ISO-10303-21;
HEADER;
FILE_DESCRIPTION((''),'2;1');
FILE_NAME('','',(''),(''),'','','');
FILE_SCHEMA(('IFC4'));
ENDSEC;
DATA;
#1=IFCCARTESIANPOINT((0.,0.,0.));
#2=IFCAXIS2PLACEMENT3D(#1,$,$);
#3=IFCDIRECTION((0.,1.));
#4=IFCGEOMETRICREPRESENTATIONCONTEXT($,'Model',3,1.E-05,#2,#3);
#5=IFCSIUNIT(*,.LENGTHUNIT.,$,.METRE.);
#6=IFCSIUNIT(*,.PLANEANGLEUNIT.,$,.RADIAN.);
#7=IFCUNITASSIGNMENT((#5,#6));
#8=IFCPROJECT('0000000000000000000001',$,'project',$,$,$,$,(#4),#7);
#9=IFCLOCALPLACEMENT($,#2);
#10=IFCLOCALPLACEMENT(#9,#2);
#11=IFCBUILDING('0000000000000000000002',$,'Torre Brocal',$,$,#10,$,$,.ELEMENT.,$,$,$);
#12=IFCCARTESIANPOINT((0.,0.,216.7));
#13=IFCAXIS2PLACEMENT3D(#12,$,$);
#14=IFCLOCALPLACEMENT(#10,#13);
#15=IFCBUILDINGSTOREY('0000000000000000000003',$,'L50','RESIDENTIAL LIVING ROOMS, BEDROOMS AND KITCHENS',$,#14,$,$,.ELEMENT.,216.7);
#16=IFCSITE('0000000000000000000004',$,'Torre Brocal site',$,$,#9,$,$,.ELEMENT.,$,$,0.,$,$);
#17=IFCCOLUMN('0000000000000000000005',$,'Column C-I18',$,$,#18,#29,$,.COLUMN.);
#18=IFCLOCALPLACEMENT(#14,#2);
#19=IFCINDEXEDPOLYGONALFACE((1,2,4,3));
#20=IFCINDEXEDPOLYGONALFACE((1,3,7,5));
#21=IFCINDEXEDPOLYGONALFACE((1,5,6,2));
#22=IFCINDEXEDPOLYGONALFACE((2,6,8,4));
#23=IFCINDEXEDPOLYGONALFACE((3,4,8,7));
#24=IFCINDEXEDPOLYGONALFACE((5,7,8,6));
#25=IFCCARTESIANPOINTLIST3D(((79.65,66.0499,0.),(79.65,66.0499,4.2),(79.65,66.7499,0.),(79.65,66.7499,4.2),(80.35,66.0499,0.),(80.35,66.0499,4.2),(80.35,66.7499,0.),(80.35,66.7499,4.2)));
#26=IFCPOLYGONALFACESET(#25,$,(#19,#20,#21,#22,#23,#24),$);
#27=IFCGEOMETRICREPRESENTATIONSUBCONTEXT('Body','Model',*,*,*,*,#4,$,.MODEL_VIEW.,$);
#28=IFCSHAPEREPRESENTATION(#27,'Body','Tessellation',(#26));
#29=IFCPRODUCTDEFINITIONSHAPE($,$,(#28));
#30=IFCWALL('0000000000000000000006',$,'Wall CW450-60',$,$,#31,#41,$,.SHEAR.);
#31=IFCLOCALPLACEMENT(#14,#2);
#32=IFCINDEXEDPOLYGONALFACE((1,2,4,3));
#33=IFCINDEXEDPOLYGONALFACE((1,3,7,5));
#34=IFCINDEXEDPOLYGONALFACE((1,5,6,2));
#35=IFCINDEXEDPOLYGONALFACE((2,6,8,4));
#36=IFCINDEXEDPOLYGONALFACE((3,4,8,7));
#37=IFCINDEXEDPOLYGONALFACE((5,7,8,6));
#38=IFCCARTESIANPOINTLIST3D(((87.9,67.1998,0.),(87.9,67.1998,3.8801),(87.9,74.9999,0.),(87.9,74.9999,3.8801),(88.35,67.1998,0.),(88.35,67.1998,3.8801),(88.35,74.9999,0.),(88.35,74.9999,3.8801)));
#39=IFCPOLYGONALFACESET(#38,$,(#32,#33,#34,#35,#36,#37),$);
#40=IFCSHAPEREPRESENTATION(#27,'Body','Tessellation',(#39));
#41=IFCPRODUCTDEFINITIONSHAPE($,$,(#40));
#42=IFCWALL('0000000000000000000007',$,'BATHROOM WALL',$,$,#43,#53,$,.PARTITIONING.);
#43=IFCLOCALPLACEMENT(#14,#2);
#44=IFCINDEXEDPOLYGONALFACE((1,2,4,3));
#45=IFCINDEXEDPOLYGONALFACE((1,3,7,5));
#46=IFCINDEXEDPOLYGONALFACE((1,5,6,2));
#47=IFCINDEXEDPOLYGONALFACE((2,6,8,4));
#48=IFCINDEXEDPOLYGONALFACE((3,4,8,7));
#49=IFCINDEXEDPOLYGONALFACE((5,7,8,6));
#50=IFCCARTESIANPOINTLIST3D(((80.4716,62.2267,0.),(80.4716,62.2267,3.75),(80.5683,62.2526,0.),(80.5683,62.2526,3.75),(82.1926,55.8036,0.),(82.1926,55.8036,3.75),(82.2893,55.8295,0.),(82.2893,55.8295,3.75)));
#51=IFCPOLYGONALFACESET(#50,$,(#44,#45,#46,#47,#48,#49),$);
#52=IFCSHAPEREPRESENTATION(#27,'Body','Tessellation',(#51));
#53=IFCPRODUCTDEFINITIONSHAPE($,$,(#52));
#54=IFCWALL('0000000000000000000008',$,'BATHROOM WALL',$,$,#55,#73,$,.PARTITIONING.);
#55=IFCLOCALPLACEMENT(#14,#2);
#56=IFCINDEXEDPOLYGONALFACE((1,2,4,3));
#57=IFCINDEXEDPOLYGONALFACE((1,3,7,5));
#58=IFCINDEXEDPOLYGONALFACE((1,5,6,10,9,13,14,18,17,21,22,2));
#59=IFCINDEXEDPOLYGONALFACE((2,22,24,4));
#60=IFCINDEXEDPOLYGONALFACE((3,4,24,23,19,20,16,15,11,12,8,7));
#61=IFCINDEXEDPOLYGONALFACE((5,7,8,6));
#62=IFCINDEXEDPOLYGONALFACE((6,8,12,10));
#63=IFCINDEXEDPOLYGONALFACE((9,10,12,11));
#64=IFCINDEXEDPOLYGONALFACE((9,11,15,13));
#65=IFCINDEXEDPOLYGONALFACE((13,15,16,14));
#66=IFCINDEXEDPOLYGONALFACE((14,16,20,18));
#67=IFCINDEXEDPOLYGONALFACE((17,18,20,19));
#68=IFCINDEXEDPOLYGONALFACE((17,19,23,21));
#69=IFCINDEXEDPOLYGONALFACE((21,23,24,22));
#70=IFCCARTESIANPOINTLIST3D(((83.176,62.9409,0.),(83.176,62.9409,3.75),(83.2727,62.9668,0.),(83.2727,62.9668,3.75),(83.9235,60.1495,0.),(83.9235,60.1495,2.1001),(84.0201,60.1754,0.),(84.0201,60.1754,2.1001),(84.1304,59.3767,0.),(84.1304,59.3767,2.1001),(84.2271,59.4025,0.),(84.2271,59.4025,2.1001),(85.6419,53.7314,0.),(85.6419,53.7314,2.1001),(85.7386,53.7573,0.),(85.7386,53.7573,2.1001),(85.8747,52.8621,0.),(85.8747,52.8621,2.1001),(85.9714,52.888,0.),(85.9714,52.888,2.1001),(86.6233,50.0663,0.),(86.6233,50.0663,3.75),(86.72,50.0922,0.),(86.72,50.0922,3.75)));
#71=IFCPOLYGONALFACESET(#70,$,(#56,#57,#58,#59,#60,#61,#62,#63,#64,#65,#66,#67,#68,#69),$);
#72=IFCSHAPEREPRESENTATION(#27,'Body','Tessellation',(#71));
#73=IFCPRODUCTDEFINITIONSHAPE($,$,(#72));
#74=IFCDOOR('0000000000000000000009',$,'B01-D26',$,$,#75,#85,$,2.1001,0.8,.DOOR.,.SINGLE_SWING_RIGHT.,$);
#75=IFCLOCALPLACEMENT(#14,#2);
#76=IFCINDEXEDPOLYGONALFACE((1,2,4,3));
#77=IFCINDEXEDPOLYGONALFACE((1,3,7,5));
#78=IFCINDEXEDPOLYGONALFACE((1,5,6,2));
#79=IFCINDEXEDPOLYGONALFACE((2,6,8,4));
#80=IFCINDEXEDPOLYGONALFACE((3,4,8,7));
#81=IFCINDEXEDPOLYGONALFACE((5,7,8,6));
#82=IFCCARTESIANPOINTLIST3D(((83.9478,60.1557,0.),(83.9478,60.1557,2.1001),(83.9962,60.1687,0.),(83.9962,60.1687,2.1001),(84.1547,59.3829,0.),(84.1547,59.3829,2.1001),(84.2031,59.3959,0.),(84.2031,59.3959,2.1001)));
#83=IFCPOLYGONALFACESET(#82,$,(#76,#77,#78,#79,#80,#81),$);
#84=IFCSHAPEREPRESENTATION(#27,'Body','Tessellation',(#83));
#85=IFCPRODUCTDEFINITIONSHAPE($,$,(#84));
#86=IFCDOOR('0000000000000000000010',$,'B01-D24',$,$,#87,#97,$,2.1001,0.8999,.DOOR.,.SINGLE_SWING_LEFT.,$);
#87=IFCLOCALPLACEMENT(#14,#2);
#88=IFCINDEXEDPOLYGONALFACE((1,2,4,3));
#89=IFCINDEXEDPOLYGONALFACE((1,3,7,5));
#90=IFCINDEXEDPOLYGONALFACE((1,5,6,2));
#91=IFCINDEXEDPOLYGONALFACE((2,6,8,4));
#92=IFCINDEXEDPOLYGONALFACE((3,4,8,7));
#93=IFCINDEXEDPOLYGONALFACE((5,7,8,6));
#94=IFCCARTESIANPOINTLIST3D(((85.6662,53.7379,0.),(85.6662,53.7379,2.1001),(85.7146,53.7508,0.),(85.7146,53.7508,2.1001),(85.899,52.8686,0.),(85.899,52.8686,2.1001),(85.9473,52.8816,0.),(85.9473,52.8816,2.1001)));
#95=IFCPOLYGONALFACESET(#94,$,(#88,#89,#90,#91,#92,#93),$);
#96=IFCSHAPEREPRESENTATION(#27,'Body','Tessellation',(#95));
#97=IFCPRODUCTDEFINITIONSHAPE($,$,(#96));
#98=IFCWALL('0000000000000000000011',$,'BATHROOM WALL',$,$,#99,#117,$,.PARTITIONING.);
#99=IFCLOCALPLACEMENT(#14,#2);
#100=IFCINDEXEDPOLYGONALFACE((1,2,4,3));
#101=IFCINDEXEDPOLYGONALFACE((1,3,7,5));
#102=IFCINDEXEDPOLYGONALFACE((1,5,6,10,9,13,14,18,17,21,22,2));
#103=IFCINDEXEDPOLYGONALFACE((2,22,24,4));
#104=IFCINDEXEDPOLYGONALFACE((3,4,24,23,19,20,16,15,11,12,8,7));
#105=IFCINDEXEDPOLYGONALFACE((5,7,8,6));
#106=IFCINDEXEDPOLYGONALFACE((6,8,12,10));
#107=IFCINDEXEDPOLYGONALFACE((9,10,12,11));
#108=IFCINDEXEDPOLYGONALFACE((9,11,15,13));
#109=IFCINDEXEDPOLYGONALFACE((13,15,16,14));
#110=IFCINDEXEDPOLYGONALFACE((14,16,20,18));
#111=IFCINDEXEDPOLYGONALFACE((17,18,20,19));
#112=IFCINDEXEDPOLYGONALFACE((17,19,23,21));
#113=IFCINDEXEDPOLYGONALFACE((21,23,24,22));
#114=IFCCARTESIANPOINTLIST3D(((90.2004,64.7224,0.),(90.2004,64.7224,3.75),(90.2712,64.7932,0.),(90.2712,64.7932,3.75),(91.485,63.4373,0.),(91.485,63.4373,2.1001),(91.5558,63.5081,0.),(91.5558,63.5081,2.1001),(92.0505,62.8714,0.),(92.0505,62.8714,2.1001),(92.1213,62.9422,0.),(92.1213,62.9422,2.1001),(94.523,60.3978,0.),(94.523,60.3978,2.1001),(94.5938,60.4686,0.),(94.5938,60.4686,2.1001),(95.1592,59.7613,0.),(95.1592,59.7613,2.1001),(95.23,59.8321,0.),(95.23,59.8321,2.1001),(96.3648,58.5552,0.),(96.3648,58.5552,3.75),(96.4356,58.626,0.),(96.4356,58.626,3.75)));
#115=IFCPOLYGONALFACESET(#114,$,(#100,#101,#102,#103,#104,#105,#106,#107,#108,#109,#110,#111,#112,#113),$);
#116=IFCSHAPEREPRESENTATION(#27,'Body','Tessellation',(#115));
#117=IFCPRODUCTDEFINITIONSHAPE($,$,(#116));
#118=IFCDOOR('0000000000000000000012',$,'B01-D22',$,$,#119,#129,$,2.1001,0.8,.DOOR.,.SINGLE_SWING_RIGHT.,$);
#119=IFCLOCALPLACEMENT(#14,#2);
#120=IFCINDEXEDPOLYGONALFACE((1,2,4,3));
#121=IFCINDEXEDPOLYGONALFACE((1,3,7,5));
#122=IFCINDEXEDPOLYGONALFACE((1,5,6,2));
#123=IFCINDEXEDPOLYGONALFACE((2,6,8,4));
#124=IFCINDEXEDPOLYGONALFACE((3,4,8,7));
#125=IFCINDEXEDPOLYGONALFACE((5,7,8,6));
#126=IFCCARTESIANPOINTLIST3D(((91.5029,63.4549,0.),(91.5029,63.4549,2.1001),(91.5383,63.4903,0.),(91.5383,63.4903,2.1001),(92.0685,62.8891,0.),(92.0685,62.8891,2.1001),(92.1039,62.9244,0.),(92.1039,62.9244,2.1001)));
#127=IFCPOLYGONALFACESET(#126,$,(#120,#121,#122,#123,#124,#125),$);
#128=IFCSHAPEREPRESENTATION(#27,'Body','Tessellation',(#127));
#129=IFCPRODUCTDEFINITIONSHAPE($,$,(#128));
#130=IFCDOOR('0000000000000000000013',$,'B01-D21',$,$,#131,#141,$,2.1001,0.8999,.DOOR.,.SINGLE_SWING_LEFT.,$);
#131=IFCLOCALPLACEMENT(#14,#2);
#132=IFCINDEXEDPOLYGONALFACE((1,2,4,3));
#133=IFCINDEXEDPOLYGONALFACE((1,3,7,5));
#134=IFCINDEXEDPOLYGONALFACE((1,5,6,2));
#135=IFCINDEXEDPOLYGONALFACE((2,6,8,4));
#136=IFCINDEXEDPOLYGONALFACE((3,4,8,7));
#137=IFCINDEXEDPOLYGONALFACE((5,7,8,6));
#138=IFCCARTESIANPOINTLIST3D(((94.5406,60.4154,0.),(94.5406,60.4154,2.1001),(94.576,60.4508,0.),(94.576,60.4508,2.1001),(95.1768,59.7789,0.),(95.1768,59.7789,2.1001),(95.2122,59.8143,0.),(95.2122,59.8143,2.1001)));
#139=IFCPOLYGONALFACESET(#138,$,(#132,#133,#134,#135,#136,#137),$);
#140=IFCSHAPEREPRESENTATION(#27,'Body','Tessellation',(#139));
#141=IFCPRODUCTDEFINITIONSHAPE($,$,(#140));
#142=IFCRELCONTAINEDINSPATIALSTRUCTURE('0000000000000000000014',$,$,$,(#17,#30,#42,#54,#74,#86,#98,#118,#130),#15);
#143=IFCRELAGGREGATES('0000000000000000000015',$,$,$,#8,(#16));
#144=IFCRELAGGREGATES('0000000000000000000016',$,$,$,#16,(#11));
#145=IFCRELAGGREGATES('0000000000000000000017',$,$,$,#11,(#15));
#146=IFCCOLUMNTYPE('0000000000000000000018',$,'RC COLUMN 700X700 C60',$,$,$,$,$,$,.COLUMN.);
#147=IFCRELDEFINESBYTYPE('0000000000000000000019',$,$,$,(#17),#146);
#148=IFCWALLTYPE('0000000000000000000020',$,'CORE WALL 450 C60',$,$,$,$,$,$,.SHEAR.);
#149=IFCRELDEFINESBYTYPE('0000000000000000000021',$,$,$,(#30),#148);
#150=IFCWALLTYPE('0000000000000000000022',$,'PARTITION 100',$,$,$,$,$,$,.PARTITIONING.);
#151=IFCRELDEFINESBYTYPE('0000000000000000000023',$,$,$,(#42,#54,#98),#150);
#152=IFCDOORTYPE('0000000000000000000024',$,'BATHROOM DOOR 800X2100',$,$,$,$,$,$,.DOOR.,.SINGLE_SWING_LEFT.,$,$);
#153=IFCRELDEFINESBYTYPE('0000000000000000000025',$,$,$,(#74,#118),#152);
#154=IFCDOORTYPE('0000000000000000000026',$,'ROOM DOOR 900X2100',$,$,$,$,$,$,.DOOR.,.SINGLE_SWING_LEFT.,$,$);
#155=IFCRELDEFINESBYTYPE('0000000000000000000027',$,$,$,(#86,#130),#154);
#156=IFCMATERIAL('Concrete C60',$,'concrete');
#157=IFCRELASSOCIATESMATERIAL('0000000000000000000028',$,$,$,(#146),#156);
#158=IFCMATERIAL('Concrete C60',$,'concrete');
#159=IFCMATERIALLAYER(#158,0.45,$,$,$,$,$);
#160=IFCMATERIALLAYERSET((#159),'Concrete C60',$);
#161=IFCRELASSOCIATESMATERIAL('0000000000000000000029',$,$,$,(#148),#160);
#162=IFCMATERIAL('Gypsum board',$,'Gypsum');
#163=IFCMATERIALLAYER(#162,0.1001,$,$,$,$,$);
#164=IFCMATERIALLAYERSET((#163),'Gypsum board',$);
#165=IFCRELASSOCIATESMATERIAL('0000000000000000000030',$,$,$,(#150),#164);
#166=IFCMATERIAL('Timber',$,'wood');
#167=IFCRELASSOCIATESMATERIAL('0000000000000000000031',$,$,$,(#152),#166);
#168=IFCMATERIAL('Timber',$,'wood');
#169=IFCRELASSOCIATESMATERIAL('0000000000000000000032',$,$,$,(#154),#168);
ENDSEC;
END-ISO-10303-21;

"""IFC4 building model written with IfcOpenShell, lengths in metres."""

from ifc_helpers import new_model, si_unit, direction, frame, frame_2d, origin, origin_2d, place, context, subcontext, project, spatial, rectangle, extrude, material, layer, layer_set, material_profile, profile_set, type_object, element, fill, save


model = new_model("IFC4")

# Units and contexts
model_context = context("Model", 3, precision=1e-05, world=origin(), true_north=direction((0.0, 1.0)))
body_context = subcontext(model_context, "Body", "Model", "MODEL_VIEW")
ifc_project = project(units=[si_unit("LENGTHUNIT", "METRE"), si_unit("PLANEANGLEUNIT", "RADIAN")], contexts=[model_context])

# Site, building, storey
site_placement = place(None, origin())
site = spatial("IfcSite", under=ifc_project, at=site_placement, Name="Torre Brocal site", CompositionType="ELEMENT", RefElevation=0.0)
building_placement = place(site_placement, origin())
building = spatial("IfcBuilding", under=site, at=building_placement, Name="Torre Brocal", CompositionType="ELEMENT")
storey_placement = place(building_placement, frame((0.0, 0.0, 216.7)))
storey = spatial("IfcBuildingStorey", under=building, at=storey_placement, Name="L50", Description="RESIDENTIAL LIVING ROOMS, BEDROOMS AND KITCHENS", CompositionType="ELEMENT", Elevation=216.7)

# Column
ifc_material_1 = material(Name="Concrete C60", Category="concrete")
ifc_material_profile = material_profile(ifc_material_1, rectangle(XDim=0.7, YDim=0.7, at=origin_2d()), Name="RC 700X700")
ifc_profile_set = profile_set([ifc_material_profile], Name="Concrete C60")
column_type = type_object("IfcColumnType", Name="RC COLUMN 700X700 C60", PredefinedType="COLUMN", material=ifc_profile_set)
column_placement = place(storey_placement, frame((80.0, 66.3999, 0.0), z_axis=(0.0, 0.0, 1.0), x_axis=(0.0, -1.0, 0.0)))
element("IfcColumn", 1, at=column_placement, inside=storey, type_object=column_type, Name="Column C-I18", PredefinedType="COLUMN", context=body_context, shape_type="SweptSolid", body=[
    extrude(rectangle(XDim=0.7, YDim=0.7, at=origin_2d()), origin(), (0.0, 0.0, 1.0), 4.2),
])

# Wall
ifc_material_2 = material(Name="Concrete C60", Category="concrete")
ifc_layer_1 = layer(ifc_material_2, 0.45)
ifc_layer_set_1 = layer_set([ifc_layer_1], Name="Concrete C60")
wall_type_1 = type_object("IfcWallType", Name="CORE WALL 450 C60", PredefinedType="SHEAR", material=ifc_layer_set_1)
wall_1_placement = place(storey_placement, frame((88.125, 67.2, 0.0), z_axis=(0.0, 0.0, 1.0), x_axis=(0.0, 1.0, 0.0)))
element("IfcWall", 2, at=wall_1_placement, inside=storey, type_object=wall_type_1, Name="Wall CW450-60", PredefinedType="SHEAR", context=body_context, shape_type="SweptSolid", body=[
    extrude(rectangle(XDim=7.8, YDim=0.45, at=frame_2d((3.8999, 0.0))), origin(), (0.0, 0.0, 1.0), 3.8801),
])

# Wall
ifc_material_3 = material(Name="Gypsum board", Category="Gypsum")
ifc_layer_2 = layer(ifc_material_3, 0.1001)
ifc_layer_set_2 = layer_set([ifc_layer_2], Name="Gypsum board")
wall_type_2 = type_object("IfcWallType", Name="PARTITION 100", PredefinedType="PARTITIONING", material=ifc_layer_set_2)
wall_2_placement = place(storey_placement, frame((80.52, 62.2395, 0.0), z_axis=(0.0, 0.0, 1.0), x_axis=(0.258803, -0.96593, 0.0)))
element("IfcWall", 3, at=wall_2_placement, inside=storey, type_object=wall_type_2, Name="BATHROOM WALL", PredefinedType="PARTITIONING", context=body_context, shape_type="SweptSolid", body=[
    extrude(rectangle(XDim=6.6497, YDim=0.1001, at=frame_2d((3.3247, 0.0))), origin(), (0.0, 0.0, 1.0), 3.75),
])

# Walls, openings, doors
wall_3_placement = place(storey_placement, frame((83.2244, 62.9539, 0.0), z_axis=(0.0, 0.0, 1.0), x_axis=(0.258648, -0.965972, 0.0)))
wall_3 = element("IfcWall", 4, at=wall_3_placement, inside=storey, type_object=wall_type_2, Name="BATHROOM WALL", PredefinedType="PARTITIONING", context=body_context, shape_type="SweptSolid", body=[
    extrude(rectangle(XDim=13.3281, YDim=0.1001, at=frame_2d((6.6641, 0.0))), origin(), (0.0, 0.0, 1.0), 3.75),
])
opening_1_placement = place(wall_3_placement, frame((9.5339, 0.0, 0.0)))
opening_1 = element("IfcOpeningElement", 5, at=opening_1_placement, cuts=wall_3, PredefinedType="OPENING", context=body_context, shape_type="SweptSolid", body=[
    extrude(rectangle(XDim=0.8999, YDim=2.1001, at=frame_2d((0.45, 1.05))), frame((0.0, 0.0601, 0.0), z_axis=(0.0, -1.0, 0.0), x_axis=(1.0, 0.0, 0.0)), (0.0, 0.0, 1.0), 0.1201),
])
opening_2_placement = place(wall_3_placement, frame((2.8899, 0.0, 0.0)))
opening_2 = element("IfcOpeningElement", 6, at=opening_2_placement, cuts=wall_3, PredefinedType="OPENING", context=body_context, shape_type="SweptSolid", body=[
    extrude(rectangle(XDim=0.8, YDim=2.1001, at=frame_2d((0.3999, 1.05))), frame((0.0, 0.0601, 0.0), z_axis=(0.0, -1.0, 0.0), x_axis=(1.0, 0.0, 0.0)), (0.0, 0.0, 1.0), 0.1201),
])
ifc_material_4 = material(Name="Timber", Category="wood")
door_type_1 = type_object("IfcDoorType", Name="BATHROOM DOOR 800X2100", OperationType="SINGLE_SWING_LEFT", PredefinedType="DOOR", material=ifc_material_4)
door_1_placement = place(opening_2_placement, frame((0.8, 0.0, 0.0), z_axis=(0.0, 0.0, 1.0), x_axis=(-1.0, 0.0, 0.0)))
door_1 = element("IfcDoor", 7, at=door_1_placement, inside=storey, type_object=door_type_1, Name="B01-D26", OperationType="SINGLE_SWING_RIGHT", OverallHeight=2.1001, OverallWidth=0.8, PredefinedType="DOOR", context=body_context, shape_type="SweptSolid", body=[
    extrude(rectangle(XDim=0.8, YDim=2.1001, at=frame_2d((0.3999, 1.05))), frame((0.0, 0.0249, 0.0), z_axis=(0.0, -1.0, 0.0), x_axis=(1.0, 0.0, 0.0)), (0.0, 0.0, 1.0), 0.05),
])
fill(opening_2, door_1)
ifc_material_5 = material(Name="Timber", Category="wood")
door_type_2 = type_object("IfcDoorType", Name="ROOM DOOR 900X2100", OperationType="SINGLE_SWING_LEFT", PredefinedType="DOOR", material=ifc_material_5)
door_2_placement = place(opening_1_placement, frame((0.8999, 0.0, 0.0), z_axis=(0.0, 0.0, 1.0), x_axis=(-1.0, 0.0, 0.0)))
door_2 = element("IfcDoor", 8, at=door_2_placement, inside=storey, type_object=door_type_2, Name="B01-D24", OperationType="SINGLE_SWING_LEFT", OverallHeight=2.1001, OverallWidth=0.8999, PredefinedType="DOOR", context=body_context, shape_type="SweptSolid", body=[
    extrude(rectangle(XDim=0.8999, YDim=2.1001, at=frame_2d((0.45, 1.05))), frame((0.0, 0.0249, 0.0), z_axis=(0.0, -1.0, 0.0), x_axis=(1.0, 0.0, 0.0)), (0.0, 0.0, 1.0), 0.05),
])
fill(opening_1, door_2)
wall_4_placement = place(storey_placement, frame((90.2358, 64.7578, 0.0), z_axis=(0.0, 0.0, 1.0), x_axis=(0.706939, -0.707275, 0.0)))
wall_4 = element("IfcWall", 9, at=wall_4_placement, inside=storey, type_object=wall_type_2, Name="BATHROOM WALL", PredefinedType="PARTITIONING", context=body_context, shape_type="SweptSolid", body=[
    extrude(rectangle(XDim=8.7197, YDim=0.1001, at=frame_2d((4.3599, 0.0))), origin(), (0.0, 0.0, 1.0), 3.75),
])
opening_3_placement = place(wall_4_placement, frame((6.1145, 0.0, 0.0)))
opening_3 = element("IfcOpeningElement", 10, at=opening_3_placement, cuts=wall_4, PredefinedType="OPENING", context=body_context, shape_type="SweptSolid", body=[
    extrude(rectangle(XDim=0.8999, YDim=2.1001, at=frame_2d((0.45, 1.05))), frame((0.0, 0.0601, 0.0), z_axis=(0.0, -1.0, 0.0), x_axis=(1.0, 0.0, 0.0)), (0.0, 0.0, 1.0), 0.1201),
])
opening_4_placement = place(wall_4_placement, frame((1.8171, 0.0, 0.0)))
opening_4 = element("IfcOpeningElement", 11, at=opening_4_placement, cuts=wall_4, PredefinedType="OPENING", context=body_context, shape_type="SweptSolid", body=[
    extrude(rectangle(XDim=0.8, YDim=2.1001, at=frame_2d((0.3999, 1.05))), frame((0.0, 0.0601, 0.0), z_axis=(0.0, -1.0, 0.0), x_axis=(1.0, 0.0, 0.0)), (0.0, 0.0, 1.0), 0.1201),
])
door_3_placement = place(opening_4_placement, frame((0.8, 0.0, 0.0), z_axis=(0.0, 0.0, 1.0), x_axis=(-1.0, 0.0, 0.0)))
door_3 = element("IfcDoor", 12, at=door_3_placement, inside=storey, type_object=door_type_1, Name="B01-D22", OperationType="SINGLE_SWING_RIGHT", OverallHeight=2.1001, OverallWidth=0.8, PredefinedType="DOOR", context=body_context, shape_type="SweptSolid", body=[
    extrude(rectangle(XDim=0.8, YDim=2.1001, at=frame_2d((0.3999, 1.05))), frame((0.0, 0.0249, 0.0), z_axis=(0.0, -1.0, 0.0), x_axis=(1.0, 0.0, 0.0)), (0.0, 0.0, 1.0), 0.05),
])
fill(opening_4, door_3)
door_4_placement = place(opening_3_placement, origin())
door_4 = element("IfcDoor", 13, at=door_4_placement, inside=storey, type_object=door_type_2, Name="B01-D21", OperationType="SINGLE_SWING_LEFT", OverallHeight=2.1001, OverallWidth=0.8999, PredefinedType="DOOR", context=body_context, shape_type="SweptSolid", body=[
    extrude(rectangle(XDim=0.8999, YDim=2.1001, at=frame_2d((0.45, 1.05))), frame((0.0, 0.0249, 0.0), z_axis=(0.0, -1.0, 0.0), x_axis=(1.0, 0.0, 0.0)), (0.0, 0.0, 1.0), 0.05),
])
fill(opening_3, door_4)

save(model, "model.ifc")
